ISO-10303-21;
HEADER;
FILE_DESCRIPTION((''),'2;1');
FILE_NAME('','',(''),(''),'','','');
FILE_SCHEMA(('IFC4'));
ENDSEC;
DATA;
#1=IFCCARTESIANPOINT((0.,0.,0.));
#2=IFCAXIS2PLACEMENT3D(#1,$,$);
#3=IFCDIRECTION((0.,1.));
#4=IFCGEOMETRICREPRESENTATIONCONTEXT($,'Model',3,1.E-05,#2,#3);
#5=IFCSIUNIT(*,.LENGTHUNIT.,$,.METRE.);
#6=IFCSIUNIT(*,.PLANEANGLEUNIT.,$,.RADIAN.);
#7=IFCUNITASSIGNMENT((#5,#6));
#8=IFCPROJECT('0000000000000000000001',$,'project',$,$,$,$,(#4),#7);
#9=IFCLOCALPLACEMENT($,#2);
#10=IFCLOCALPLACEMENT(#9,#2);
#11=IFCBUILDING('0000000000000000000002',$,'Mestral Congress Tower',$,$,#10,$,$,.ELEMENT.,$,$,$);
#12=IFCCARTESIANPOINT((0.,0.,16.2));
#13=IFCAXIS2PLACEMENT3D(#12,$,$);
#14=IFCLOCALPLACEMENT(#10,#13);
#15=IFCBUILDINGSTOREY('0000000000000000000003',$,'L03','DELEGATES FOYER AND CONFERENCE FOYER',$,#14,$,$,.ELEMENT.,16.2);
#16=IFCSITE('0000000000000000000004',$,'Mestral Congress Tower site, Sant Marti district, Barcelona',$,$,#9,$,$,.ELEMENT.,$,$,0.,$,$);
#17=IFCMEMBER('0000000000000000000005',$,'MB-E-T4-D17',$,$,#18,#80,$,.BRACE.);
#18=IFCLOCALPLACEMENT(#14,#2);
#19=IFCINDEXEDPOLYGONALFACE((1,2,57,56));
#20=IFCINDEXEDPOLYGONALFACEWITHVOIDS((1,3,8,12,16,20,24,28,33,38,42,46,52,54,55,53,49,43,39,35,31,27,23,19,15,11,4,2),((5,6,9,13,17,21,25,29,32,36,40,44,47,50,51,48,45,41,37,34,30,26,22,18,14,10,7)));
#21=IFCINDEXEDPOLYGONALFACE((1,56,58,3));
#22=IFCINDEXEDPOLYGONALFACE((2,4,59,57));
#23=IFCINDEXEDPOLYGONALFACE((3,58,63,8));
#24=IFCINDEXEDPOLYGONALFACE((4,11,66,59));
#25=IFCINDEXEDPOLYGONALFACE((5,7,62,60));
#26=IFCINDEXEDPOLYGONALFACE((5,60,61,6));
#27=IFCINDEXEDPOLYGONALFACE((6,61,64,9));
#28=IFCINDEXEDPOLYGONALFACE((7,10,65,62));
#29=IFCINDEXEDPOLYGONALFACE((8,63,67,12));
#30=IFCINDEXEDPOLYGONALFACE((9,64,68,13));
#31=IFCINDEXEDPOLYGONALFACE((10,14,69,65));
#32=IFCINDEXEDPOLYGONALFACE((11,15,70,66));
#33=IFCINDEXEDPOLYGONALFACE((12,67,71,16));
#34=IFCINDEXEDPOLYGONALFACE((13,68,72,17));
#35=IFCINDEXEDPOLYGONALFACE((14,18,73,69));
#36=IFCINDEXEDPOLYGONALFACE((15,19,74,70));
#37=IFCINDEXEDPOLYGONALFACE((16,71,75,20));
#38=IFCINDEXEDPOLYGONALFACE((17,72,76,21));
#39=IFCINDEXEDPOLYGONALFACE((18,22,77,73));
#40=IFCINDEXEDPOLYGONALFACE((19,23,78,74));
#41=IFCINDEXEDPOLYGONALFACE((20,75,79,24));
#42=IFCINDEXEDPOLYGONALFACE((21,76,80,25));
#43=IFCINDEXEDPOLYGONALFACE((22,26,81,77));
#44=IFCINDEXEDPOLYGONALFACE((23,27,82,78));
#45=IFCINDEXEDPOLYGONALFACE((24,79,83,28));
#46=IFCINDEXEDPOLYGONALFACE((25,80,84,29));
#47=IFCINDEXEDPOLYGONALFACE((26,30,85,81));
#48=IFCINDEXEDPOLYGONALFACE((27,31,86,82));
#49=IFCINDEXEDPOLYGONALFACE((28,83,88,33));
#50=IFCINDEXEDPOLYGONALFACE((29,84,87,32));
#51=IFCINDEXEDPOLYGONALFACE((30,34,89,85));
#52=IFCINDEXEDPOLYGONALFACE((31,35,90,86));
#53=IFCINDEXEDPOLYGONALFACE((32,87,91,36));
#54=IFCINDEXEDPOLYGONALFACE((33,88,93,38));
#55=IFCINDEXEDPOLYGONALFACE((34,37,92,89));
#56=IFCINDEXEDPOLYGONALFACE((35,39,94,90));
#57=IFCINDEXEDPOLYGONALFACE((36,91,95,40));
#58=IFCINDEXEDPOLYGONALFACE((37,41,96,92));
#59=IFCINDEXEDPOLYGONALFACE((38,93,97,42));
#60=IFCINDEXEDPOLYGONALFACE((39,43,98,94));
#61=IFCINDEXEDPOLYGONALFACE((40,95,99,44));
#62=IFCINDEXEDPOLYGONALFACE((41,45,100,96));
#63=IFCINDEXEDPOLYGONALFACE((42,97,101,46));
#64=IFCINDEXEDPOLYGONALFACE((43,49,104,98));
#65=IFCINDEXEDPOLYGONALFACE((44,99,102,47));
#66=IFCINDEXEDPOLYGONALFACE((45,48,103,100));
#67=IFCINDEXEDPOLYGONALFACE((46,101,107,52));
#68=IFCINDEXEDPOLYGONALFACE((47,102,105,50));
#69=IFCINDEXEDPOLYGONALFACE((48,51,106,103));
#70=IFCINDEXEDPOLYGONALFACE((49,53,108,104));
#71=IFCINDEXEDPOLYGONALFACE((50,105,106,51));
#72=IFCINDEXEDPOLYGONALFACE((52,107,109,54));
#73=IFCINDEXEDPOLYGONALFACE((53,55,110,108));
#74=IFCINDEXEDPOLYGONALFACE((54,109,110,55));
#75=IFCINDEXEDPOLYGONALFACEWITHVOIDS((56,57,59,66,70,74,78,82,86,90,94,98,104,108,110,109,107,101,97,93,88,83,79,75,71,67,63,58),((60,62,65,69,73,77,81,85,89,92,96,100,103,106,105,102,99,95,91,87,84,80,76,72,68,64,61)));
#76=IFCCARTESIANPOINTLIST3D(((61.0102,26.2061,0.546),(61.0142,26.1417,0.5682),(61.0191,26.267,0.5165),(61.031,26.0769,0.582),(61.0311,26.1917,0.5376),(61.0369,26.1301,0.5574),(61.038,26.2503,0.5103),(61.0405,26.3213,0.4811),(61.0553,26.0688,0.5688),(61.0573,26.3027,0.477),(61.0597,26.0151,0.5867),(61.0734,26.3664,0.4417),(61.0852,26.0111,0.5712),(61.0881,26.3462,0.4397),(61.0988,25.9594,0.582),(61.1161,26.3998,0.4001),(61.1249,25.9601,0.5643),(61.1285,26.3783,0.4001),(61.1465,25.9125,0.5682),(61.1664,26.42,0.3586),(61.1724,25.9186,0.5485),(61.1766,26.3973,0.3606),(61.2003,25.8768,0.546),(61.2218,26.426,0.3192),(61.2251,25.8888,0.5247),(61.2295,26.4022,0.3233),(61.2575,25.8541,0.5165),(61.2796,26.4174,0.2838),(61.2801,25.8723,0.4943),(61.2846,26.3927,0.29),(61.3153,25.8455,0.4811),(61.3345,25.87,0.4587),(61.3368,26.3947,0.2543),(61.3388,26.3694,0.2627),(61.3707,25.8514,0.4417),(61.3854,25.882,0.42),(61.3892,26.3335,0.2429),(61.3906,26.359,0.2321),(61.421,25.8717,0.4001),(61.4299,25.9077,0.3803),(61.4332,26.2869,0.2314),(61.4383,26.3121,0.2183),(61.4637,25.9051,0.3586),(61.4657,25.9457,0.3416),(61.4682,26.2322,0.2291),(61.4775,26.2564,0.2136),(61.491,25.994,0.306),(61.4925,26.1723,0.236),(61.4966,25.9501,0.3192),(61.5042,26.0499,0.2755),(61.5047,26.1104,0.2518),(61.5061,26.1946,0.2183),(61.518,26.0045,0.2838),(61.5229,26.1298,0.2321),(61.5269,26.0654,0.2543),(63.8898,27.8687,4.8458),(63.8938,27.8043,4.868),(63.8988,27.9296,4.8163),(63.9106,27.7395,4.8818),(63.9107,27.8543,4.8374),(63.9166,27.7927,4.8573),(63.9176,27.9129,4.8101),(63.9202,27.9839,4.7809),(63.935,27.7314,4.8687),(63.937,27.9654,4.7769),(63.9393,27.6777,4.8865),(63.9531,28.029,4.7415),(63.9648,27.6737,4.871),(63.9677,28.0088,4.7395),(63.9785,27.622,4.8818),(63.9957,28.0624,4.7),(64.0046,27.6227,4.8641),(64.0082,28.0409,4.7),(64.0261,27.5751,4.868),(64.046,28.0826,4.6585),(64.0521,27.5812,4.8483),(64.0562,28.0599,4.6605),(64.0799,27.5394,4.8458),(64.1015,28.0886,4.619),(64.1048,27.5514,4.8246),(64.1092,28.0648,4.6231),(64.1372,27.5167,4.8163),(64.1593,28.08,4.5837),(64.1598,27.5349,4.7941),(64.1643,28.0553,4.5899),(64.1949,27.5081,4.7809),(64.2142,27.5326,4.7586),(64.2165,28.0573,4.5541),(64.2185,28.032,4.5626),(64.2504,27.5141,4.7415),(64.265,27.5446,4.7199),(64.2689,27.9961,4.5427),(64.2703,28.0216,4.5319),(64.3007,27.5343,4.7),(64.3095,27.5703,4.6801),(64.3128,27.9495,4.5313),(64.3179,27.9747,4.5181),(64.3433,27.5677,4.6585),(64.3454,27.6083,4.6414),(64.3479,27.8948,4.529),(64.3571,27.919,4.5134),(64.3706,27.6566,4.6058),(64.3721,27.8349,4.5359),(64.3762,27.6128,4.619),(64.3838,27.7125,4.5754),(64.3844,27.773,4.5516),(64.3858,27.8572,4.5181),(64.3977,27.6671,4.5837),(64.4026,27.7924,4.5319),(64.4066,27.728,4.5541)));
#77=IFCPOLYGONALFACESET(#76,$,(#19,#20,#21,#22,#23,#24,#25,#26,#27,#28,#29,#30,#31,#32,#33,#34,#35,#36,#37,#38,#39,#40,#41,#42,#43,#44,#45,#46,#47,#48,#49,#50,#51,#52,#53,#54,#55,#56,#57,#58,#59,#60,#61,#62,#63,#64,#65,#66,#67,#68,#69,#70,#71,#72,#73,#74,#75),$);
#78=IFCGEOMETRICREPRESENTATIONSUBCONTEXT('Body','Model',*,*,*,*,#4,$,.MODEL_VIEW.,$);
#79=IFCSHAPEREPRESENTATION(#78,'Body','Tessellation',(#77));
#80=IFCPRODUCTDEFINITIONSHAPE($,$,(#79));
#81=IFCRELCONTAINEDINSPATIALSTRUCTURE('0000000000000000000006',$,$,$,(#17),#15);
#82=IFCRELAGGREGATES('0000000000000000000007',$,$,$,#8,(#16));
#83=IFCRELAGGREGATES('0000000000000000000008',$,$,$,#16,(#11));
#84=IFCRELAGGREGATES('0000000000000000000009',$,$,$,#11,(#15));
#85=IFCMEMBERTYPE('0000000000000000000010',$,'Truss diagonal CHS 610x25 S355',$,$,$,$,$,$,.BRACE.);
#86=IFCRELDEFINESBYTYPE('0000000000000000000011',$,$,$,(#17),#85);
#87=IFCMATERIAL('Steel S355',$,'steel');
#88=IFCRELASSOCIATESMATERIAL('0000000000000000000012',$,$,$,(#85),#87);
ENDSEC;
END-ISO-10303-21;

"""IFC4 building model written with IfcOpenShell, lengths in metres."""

from ifc_helpers import new_model, si_unit, direction, frame, origin, origin_2d, place, context, subcontext, project, spatial, hollow_circle, extrude, material, material_profile, profile_set, type_object, element, save


model = new_model("IFC4")

# Units and contexts
model_context = context("Model", 3, precision=1e-05, world=origin(), true_north=direction((0.0, 1.0)))
body_context = subcontext(model_context, "Body", "Model", "MODEL_VIEW")
ifc_project = project(units=[si_unit("LENGTHUNIT", "METRE"), si_unit("PLANEANGLEUNIT", "RADIAN")], contexts=[model_context])

# Site, building, storey
site_placement = place(None, origin())
site = spatial("IfcSite", under=ifc_project, at=site_placement, Name="Mestral Congress Tower site, Sant Marti district, Barcelona", CompositionType="ELEMENT", RefElevation=0.0)
building_placement = place(site_placement, origin())
building = spatial("IfcBuilding", under=site, at=building_placement, Name="Mestral Congress Tower", CompositionType="ELEMENT")
storey_placement = place(building_placement, frame((0.0, 0.0, 16.2)))
storey = spatial("IfcBuildingStorey", under=building, at=storey_placement, Name="L03", Description="DELEGATES FOYER AND CONFERENCE FOYER", CompositionType="ELEMENT", Elevation=16.2)

# Member
ifc_material = material(Name="Steel S355", Category="steel")
ifc_material_profile_1 = material_profile(ifc_material, hollow_circle(Radius=0.3049, WallThickness=0.0249, at=origin_2d()), Name="CHS 610x25")
ifc_profile_set_1 = profile_set([ifc_material_profile_1], Name="Steel S355")
member_type_1 = type_object("IfcMemberType", Name="Truss diagonal CHS 610x25 S355", PredefinedType="BRACE", material=ifc_profile_set_1)
for number, where, z_axis, x_axis, name in (
    (1, (61.2686, 26.1357, 0.4001), (0.529782, 0.305877, 0.791057), (-0.500008, 0.866021, 0.0), "MB-E-T4-D17"),
):
    element("IfcMember", number, at=place(storey_placement, frame(where, z_axis=z_axis, x_axis=x_axis)), inside=storey, type_object=member_type_1, Name=name, PredefinedType="BRACE", context=body_context, shape_type="SweptSolid", body=[
        extrude(hollow_circle(Radius=0.3049, WallThickness=0.0249, at=origin_2d()), origin(), (0.0, 0.0, 1.0), 5.4355),
    ])

save(model, "model.ifc")
